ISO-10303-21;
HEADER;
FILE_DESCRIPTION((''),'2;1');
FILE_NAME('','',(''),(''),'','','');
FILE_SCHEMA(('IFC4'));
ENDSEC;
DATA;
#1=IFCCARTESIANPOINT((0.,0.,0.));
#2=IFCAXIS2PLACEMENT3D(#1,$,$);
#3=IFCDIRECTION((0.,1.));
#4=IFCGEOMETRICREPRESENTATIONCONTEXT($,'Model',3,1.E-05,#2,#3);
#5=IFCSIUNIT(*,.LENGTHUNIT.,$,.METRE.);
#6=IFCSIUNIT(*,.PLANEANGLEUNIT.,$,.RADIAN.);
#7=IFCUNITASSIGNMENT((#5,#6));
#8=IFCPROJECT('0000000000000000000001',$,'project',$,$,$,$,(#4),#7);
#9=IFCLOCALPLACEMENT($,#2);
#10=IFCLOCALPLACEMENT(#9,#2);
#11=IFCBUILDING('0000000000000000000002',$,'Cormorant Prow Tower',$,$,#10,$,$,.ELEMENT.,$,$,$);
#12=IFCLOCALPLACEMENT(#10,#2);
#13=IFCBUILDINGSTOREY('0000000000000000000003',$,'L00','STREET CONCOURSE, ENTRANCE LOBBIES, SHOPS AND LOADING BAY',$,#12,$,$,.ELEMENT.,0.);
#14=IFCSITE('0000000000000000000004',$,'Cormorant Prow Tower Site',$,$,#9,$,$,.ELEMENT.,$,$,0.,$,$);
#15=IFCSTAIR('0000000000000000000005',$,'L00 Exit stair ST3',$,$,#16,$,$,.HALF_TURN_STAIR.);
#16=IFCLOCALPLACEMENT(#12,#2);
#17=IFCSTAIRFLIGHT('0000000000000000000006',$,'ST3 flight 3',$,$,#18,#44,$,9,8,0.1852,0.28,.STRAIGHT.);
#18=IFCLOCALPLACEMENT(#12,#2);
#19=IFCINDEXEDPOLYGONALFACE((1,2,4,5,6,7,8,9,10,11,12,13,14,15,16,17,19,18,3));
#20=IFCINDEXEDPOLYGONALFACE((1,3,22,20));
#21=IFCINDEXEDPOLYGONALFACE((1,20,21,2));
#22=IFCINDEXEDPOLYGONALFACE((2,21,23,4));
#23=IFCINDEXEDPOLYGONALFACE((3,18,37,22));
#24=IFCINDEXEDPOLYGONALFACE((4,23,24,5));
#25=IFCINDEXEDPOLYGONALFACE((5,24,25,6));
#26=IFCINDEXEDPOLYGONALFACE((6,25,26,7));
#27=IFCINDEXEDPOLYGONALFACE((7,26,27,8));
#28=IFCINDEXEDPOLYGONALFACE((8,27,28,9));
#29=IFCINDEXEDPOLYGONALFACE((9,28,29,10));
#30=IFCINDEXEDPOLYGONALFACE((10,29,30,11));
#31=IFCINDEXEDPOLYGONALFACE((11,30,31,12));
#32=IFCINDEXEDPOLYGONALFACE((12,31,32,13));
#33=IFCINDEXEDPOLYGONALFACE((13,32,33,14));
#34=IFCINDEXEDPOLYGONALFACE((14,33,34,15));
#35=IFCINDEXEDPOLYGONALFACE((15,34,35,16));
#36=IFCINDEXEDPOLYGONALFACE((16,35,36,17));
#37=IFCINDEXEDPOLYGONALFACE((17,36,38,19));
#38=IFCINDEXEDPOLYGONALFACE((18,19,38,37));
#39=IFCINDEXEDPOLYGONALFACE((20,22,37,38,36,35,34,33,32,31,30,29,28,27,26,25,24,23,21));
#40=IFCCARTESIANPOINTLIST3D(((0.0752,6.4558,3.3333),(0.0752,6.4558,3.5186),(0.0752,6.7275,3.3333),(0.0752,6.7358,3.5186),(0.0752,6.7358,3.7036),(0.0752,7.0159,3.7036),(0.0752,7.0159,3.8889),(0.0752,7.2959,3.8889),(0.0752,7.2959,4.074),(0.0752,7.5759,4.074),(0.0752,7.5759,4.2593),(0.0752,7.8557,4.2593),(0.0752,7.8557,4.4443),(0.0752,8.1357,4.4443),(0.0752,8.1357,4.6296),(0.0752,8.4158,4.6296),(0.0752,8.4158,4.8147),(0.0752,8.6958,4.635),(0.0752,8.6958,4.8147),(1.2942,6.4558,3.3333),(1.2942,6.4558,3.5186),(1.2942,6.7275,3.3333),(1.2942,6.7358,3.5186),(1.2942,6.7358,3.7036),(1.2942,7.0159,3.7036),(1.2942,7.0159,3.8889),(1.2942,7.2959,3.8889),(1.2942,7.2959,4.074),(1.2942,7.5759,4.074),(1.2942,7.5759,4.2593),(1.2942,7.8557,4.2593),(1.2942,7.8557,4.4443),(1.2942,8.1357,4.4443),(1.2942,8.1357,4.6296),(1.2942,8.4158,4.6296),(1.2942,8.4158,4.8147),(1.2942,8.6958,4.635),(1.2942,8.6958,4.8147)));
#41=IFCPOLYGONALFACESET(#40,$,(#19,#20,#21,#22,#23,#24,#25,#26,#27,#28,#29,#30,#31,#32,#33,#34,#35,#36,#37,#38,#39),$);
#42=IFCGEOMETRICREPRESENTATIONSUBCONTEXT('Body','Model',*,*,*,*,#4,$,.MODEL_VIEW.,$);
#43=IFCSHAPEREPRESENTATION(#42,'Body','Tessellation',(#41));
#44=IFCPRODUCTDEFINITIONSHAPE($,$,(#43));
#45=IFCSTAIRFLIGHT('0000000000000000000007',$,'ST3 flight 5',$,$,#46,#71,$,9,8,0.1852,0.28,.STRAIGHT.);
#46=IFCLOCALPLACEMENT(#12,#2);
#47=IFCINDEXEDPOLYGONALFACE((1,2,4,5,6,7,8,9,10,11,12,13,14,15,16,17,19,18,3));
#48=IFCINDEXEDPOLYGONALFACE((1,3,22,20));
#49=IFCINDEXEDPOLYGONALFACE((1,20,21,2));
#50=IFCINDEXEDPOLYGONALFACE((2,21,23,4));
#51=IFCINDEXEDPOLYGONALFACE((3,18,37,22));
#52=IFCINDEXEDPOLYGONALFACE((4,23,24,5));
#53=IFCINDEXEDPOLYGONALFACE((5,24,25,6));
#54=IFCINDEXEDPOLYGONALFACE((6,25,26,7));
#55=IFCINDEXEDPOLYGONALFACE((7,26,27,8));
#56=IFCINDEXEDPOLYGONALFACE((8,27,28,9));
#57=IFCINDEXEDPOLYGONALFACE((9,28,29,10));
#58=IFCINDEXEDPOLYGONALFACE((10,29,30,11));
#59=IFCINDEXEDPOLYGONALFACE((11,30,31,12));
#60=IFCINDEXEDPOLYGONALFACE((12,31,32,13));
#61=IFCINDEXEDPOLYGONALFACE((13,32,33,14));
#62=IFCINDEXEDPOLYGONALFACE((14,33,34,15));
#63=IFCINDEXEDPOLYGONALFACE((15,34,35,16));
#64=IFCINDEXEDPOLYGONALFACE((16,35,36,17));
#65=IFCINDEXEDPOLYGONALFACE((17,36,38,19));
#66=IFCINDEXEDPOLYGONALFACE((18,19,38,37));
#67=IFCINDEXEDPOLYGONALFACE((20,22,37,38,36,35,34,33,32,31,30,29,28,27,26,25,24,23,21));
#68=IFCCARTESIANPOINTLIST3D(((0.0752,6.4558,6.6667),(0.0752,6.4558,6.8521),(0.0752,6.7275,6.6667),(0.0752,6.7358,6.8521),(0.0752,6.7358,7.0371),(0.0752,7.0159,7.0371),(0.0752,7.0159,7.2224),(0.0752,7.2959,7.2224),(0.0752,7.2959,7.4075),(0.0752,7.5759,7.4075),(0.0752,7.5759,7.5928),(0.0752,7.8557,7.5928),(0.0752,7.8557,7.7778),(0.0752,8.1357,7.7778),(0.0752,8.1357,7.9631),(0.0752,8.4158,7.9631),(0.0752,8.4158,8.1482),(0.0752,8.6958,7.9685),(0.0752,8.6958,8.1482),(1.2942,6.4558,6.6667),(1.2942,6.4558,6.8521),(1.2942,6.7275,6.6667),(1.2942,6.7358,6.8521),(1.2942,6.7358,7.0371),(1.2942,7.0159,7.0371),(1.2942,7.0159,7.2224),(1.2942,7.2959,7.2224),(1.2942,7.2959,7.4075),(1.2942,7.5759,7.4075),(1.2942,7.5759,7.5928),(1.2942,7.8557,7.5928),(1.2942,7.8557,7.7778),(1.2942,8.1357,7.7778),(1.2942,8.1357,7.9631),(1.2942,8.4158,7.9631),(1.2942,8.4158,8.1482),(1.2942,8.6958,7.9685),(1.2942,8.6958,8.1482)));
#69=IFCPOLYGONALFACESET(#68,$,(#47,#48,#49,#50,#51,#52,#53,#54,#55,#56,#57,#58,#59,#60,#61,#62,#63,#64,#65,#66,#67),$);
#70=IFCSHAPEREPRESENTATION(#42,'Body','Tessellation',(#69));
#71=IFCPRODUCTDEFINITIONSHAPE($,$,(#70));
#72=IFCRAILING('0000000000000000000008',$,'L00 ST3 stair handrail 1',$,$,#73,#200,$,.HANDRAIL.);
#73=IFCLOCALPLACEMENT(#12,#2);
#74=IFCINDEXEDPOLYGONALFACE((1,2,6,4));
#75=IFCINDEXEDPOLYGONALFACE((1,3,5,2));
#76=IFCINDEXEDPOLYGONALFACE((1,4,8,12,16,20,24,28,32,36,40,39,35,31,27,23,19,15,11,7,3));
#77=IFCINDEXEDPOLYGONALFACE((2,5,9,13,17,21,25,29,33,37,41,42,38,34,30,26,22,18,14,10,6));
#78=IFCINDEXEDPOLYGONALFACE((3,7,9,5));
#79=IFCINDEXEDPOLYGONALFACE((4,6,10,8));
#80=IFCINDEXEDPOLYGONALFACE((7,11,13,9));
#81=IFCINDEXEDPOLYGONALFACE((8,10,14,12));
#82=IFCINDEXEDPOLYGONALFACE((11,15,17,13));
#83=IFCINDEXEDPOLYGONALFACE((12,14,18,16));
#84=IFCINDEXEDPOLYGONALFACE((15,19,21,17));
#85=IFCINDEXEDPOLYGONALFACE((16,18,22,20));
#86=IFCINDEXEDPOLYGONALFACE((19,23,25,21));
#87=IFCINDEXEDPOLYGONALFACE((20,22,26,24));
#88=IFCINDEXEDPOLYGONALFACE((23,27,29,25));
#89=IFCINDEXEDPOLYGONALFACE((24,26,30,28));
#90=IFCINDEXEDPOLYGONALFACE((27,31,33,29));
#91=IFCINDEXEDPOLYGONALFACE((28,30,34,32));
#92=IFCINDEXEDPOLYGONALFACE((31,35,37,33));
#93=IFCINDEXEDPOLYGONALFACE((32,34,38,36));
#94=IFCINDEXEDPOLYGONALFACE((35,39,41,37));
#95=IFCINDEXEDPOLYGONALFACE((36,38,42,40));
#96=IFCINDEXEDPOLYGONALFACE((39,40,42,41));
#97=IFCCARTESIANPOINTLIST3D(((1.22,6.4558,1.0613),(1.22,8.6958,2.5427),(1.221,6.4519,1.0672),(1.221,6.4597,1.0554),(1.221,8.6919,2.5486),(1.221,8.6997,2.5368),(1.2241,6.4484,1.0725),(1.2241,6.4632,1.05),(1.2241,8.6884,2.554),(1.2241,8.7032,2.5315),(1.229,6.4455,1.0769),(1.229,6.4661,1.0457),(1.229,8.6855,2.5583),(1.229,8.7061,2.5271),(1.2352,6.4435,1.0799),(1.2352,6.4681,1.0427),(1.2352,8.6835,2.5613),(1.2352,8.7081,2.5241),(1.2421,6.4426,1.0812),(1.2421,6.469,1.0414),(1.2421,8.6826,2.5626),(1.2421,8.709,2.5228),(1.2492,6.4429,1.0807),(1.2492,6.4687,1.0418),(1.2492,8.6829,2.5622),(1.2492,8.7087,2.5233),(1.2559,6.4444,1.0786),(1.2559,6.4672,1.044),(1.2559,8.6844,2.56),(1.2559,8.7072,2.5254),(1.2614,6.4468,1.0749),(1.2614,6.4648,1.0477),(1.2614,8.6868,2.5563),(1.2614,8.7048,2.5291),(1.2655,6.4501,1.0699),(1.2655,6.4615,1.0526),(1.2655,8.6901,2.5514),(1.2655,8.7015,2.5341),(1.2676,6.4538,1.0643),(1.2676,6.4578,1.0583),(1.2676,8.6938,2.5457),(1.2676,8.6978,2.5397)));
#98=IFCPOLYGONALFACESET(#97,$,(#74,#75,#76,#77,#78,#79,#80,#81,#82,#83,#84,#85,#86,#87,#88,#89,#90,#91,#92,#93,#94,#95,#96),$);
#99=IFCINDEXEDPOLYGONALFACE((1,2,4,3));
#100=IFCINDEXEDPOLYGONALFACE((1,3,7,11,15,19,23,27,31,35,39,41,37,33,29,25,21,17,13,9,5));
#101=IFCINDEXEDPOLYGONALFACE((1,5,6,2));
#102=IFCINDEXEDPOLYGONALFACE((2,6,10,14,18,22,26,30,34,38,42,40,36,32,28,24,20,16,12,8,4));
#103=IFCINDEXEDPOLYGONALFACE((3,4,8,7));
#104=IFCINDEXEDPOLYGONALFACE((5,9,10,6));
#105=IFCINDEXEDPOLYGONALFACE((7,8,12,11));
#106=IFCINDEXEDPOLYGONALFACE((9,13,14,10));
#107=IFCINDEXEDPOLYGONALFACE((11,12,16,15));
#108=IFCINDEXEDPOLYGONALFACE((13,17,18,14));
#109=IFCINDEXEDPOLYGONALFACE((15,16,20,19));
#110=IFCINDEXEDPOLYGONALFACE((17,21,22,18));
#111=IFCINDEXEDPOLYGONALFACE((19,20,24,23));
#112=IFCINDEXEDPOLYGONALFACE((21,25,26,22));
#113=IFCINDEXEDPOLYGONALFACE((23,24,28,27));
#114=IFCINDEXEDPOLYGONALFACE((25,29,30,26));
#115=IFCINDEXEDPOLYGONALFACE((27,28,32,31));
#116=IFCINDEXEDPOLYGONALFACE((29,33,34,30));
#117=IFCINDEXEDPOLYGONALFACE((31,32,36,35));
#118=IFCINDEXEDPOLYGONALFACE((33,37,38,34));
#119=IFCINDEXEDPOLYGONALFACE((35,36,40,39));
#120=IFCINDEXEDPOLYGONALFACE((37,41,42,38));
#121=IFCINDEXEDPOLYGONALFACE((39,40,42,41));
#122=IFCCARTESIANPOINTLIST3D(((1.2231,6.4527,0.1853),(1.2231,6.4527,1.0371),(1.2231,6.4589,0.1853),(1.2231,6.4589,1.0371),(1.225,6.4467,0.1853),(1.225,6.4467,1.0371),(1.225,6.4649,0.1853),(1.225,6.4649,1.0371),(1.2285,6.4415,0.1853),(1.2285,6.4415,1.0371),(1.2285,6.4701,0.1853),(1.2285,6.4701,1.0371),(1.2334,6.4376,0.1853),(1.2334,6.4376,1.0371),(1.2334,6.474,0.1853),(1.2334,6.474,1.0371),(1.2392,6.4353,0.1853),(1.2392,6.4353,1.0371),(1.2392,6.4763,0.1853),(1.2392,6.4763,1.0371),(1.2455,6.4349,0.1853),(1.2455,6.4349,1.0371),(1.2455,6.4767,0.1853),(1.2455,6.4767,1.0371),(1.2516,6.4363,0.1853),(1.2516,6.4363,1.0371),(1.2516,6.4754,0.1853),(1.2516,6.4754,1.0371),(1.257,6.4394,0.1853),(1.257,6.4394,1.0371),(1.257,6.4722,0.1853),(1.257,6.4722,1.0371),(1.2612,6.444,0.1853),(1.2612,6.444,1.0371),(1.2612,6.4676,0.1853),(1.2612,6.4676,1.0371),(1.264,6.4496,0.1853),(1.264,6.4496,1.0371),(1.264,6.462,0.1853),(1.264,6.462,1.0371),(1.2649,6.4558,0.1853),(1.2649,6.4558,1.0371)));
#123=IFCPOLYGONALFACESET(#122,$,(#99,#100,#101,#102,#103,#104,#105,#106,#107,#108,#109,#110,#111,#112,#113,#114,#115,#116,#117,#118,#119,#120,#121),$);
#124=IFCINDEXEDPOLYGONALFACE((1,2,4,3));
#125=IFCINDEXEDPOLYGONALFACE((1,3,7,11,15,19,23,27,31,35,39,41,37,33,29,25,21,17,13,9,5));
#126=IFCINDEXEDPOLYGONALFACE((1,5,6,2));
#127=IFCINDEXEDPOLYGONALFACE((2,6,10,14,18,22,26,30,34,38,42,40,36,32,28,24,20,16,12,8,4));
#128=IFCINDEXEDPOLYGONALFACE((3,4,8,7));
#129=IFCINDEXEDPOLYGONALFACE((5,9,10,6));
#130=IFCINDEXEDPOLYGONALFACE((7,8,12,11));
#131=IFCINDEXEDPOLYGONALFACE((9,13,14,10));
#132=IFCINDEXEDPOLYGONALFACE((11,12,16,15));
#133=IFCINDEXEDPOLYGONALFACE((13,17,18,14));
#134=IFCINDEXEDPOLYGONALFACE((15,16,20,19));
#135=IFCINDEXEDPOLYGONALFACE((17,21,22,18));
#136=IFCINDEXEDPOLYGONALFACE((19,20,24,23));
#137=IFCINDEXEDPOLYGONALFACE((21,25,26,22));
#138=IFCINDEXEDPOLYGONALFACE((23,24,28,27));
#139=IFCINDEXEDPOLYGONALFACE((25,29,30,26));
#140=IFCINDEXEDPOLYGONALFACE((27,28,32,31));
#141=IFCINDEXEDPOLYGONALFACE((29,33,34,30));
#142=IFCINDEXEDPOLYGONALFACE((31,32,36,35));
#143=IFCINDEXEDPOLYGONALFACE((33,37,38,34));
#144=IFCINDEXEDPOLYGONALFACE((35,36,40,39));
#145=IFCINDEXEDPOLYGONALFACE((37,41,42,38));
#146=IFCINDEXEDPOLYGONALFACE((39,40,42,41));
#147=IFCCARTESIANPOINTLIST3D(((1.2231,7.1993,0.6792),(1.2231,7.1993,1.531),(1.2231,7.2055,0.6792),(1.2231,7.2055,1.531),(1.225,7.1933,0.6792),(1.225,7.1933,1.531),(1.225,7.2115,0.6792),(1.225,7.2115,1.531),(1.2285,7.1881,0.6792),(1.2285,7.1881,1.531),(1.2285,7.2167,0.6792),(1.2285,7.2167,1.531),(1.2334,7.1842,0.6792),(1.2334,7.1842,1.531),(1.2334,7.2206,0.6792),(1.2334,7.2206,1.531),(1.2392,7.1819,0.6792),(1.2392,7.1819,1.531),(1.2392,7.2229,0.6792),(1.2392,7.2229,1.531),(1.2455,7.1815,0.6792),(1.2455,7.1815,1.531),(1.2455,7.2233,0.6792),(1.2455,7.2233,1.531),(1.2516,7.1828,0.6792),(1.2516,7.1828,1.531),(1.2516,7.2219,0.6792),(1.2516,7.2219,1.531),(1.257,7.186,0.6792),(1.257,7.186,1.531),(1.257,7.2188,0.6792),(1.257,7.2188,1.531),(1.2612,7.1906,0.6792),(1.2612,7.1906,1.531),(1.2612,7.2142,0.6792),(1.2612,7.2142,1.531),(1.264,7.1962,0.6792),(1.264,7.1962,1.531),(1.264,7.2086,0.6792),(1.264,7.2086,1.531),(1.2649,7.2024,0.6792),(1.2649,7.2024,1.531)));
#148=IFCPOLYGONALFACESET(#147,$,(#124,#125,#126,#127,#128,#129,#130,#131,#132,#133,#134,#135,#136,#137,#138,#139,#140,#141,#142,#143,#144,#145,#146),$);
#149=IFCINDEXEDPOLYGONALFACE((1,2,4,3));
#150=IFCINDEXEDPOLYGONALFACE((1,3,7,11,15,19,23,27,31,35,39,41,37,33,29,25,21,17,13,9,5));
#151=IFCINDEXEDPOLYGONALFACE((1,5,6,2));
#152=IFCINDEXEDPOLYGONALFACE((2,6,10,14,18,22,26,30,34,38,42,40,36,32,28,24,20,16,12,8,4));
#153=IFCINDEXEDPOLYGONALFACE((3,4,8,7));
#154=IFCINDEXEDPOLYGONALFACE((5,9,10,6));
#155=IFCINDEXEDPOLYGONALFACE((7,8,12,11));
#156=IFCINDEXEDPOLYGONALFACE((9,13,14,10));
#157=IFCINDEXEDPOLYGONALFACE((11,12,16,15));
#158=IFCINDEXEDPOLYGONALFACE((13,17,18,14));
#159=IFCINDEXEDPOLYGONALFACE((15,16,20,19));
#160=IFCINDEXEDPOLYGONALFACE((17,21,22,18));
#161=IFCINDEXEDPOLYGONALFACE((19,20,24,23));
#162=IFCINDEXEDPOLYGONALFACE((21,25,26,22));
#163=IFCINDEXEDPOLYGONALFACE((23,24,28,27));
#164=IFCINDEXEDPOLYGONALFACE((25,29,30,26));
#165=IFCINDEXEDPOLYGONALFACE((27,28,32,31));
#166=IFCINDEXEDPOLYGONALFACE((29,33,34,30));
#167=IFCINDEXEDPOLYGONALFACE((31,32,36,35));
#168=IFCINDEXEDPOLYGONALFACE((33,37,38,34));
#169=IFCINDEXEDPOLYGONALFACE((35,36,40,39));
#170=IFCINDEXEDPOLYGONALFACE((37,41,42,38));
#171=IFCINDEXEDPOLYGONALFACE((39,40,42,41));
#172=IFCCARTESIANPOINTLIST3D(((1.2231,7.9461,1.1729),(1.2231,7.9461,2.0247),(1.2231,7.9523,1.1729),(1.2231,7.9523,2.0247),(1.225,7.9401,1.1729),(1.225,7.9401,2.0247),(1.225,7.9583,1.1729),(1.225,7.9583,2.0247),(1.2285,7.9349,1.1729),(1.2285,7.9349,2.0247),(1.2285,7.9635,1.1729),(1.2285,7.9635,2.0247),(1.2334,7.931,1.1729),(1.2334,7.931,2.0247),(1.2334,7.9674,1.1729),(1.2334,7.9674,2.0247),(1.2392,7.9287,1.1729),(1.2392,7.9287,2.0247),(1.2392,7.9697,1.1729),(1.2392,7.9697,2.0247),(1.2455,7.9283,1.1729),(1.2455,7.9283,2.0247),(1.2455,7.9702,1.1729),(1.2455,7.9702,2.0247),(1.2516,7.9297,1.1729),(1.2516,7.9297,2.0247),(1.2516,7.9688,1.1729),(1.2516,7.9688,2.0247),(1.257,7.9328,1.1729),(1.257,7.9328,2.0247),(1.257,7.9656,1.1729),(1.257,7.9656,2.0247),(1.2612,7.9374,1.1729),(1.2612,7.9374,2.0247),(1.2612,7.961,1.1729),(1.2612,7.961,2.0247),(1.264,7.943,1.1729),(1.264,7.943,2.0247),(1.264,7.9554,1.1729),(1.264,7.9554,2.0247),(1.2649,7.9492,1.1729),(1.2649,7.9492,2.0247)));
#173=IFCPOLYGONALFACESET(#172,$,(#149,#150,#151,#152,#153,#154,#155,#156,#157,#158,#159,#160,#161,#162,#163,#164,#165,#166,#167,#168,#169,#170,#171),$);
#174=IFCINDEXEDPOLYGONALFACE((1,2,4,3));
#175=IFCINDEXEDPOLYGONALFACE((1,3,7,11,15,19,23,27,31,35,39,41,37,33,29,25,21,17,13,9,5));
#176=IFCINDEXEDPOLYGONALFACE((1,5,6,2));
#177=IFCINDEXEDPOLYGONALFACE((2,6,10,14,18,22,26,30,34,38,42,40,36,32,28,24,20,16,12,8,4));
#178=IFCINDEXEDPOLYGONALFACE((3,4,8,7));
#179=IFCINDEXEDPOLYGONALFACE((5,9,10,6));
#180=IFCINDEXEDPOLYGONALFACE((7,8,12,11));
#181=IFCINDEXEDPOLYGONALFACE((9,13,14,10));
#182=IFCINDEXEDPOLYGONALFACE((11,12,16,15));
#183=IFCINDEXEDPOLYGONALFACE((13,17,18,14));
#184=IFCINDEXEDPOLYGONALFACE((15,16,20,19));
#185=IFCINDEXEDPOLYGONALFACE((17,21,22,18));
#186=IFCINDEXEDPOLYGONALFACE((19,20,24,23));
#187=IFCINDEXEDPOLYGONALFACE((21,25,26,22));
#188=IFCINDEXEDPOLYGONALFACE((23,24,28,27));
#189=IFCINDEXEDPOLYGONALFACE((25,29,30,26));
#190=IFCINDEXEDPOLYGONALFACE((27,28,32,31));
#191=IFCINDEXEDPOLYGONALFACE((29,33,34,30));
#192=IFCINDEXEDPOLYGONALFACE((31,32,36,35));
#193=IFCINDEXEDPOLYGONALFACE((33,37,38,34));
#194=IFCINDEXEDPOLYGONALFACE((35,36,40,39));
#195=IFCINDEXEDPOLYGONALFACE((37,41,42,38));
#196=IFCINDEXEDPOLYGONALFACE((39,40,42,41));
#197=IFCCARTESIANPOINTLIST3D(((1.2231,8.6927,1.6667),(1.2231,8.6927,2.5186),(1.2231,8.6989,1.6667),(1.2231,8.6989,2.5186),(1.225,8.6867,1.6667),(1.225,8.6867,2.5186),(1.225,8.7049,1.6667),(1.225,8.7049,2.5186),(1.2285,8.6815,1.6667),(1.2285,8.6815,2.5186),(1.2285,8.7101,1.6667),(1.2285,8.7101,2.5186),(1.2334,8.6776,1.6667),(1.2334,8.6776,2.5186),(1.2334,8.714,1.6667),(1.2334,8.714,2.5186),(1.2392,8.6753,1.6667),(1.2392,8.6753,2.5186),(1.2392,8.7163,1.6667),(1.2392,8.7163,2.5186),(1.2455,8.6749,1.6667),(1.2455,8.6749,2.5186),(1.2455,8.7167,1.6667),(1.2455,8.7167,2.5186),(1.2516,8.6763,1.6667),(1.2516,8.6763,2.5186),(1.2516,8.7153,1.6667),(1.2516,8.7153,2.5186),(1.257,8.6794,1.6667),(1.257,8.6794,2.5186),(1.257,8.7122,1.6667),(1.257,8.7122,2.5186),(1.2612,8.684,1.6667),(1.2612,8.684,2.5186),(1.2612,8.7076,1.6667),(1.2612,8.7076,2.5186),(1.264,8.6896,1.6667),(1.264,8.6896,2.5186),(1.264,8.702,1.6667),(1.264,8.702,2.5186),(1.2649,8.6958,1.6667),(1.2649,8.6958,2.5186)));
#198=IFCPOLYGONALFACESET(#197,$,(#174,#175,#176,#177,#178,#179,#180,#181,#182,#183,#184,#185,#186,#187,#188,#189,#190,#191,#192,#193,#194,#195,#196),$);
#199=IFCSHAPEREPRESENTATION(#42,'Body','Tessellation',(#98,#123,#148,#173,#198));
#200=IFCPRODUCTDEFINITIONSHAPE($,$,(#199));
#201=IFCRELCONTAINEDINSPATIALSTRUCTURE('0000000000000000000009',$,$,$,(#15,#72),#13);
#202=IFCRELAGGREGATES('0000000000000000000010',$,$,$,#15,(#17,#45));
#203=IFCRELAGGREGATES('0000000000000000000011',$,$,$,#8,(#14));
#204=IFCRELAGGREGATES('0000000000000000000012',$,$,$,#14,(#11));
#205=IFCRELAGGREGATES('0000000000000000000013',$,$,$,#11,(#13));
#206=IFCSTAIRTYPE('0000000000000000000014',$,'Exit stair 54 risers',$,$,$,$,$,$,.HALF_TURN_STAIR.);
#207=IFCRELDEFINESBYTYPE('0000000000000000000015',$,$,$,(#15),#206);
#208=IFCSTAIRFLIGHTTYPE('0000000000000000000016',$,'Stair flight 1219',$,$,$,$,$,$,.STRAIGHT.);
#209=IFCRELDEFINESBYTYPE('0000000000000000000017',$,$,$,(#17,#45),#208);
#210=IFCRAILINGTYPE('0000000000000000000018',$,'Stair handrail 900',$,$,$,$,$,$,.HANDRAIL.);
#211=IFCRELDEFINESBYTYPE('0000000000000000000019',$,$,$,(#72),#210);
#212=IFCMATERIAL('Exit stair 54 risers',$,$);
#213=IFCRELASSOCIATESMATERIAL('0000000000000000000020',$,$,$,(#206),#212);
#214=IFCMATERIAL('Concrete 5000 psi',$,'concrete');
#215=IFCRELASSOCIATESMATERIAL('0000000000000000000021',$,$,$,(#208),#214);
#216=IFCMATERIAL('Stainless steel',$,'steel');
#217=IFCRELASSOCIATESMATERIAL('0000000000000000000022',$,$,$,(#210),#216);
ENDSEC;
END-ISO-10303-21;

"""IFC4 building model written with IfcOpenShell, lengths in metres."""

from ifc_helpers import new_model, si_unit, direction, frame, origin, origin_2d, place, context, subcontext, project, spatial, polyline, circle, outline, extrude, material, type_object, element, aggregate, save


model = new_model("IFC4")

# Units and contexts
model_context = context("Model", 3, precision=1e-05, world=origin(), true_north=direction((0.0, 1.0)))
body_context = subcontext(model_context, "Body", "Model", "MODEL_VIEW")
ifc_project = project(units=[si_unit("LENGTHUNIT", "METRE"), si_unit("PLANEANGLEUNIT", "RADIAN")], contexts=[model_context])

# Site, building, storey
site_placement = place(None, origin())
site = spatial("IfcSite", under=ifc_project, at=site_placement, Name="Cormorant Prow Tower Site", CompositionType="ELEMENT", RefElevation=0.0)
building_placement = place(site_placement, origin())
building = spatial("IfcBuilding", under=site, at=building_placement, Name="Cormorant Prow Tower", CompositionType="ELEMENT")
storey_placement = place(building_placement, origin())
storey = spatial("IfcBuildingStorey", under=building, at=storey_placement, Name="L00", Description="STREET CONCOURSE, ENTRANCE LOBBIES, SHOPS AND LOADING BAY", CompositionType="ELEMENT", Elevation=0.0)

# Stair
ifc_material_1 = material(Name="Exit stair 54 risers")
stair_type = type_object("IfcStairType", Name="Exit stair 54 risers", PredefinedType="HALF_TURN_STAIR", material=ifc_material_1)
stair_1_placement = place(storey_placement, origin())
stair_1 = element("IfcStair", 1, at=stair_1_placement, inside=storey, type_object=stair_type, Name="L00 Exit stair ST3", PredefinedType="HALF_TURN_STAIR")

# Stair flights
ifc_material_2 = material(Name="Concrete 5000 psi", Category="concrete")
stair_flight_type = type_object("IfcStairFlightType", Name="Stair flight 1219", PredefinedType="STRAIGHT", material=ifc_material_2)
stair_flight_1_placement = place(storey_placement, frame((0.6846, 6.4558, 3.3333), z_axis=(0.0, 0.0, 1.0), x_axis=(0.0, 1.0, 0.0)))
stair_flight_1 = element("IfcStairFlight", 2, at=stair_flight_1_placement, type_object=stair_flight_type, Name="ST3 flight 3", NumberOfRisers=9, NumberOfTreads=8, PredefinedType="STRAIGHT", RiserHeight=0.1852, TreadLength=0.28, context=body_context, shape_type="SweptSolid", body=[
    extrude(outline(polyline([(0.0, 0.0), (0.0, 0.1853), (0.28, 0.1853), (0.28, 0.3704), (0.5601, 0.3704), (0.5601, 0.5557), (0.8401, 0.5557), (0.8401, 0.7407), (1.1201, 0.7407), (1.1201, 0.926), (1.3999, 0.926), (1.3999, 1.1111), (1.6799, 1.1111), (1.6799, 1.2964), (1.96, 1.2964), (1.96, 1.4814), (2.24, 1.4814), (2.24, 1.6667), (2.24, 1.3018), (0.2717, 0.0), (0.0, 0.0)])), frame((0.0, 0.6094, 0.0), z_axis=(0.0, -1.0, 0.0), x_axis=(1.0, 0.0, 0.0)), (0.0, 0.0, 1.0), 1.219),
])
stair_flight_2_placement = place(storey_placement, frame((0.6846, 6.4558, 6.6667), z_axis=(0.0, 0.0, 1.0), x_axis=(0.0, 1.0, 0.0)))
stair_flight_2 = element("IfcStairFlight", 3, at=stair_flight_2_placement, type_object=stair_flight_type, Name="ST3 flight 5", NumberOfRisers=9, NumberOfTreads=8, PredefinedType="STRAIGHT", RiserHeight=0.1852, TreadLength=0.28, context=body_context, shape_type="SweptSolid", body=[
    extrude(outline(polyline([(0.0, 0.0), (0.0, 0.1853), (0.28, 0.1853), (0.28, 0.3704), (0.5601, 0.3704), (0.5601, 0.5557), (0.8401, 0.5557), (0.8401, 0.7407), (1.1201, 0.7407), (1.1201, 0.926), (1.3999, 0.926), (1.3999, 1.1111), (1.6799, 1.1111), (1.6799, 1.2964), (1.96, 1.2964), (1.96, 1.4814), (2.24, 1.4814), (2.24, 1.6667), (2.24, 1.3018), (0.2717, 0.0), (0.0, 0.0)])), frame((0.0, 0.6094, 0.0), z_axis=(0.0, -1.0, 0.0), x_axis=(1.0, 0.0, 0.0)), (0.0, 0.0, 1.0), 1.219),
])
aggregate(stair_1, [stair_flight_1, stair_flight_2])

# Railing
ifc_material_3 = material(Name="Stainless steel", Category="steel")
railing_type_1 = type_object("IfcRailingType", Name="Stair handrail 900", PredefinedType="HANDRAIL", material=ifc_material_3)
for number, where, name in (
    (4, (1.2439, 6.4558, 0.1853), "L00 ST3 stair handrail 1"),
):
    element("IfcRailing", number, at=place(storey_placement, frame(where)), inside=storey, type_object=railing_type_1, Name=name, PredefinedType="HANDRAIL", context=body_context, shape_type="SweptSolid", body=[
        extrude(circle(Radius=0.0239, at=origin_2d()), frame((0.0, 0.0, 0.876), z_axis=(0.0, 0.834087, 0.551634), x_axis=(-1.0, 0.0, 0.0)), (0.0, 0.0, 1.0), 2.6855),
        extrude(circle(Radius=0.021, at=origin_2d()), origin(), (0.0, 0.0, 1.0), 0.8518),
        extrude(circle(Radius=0.021, at=origin_2d()), frame((0.0, 0.7466, 0.4939)), (0.0, 0.0, 1.0), 0.8518),
        extrude(circle(Radius=0.021, at=origin_2d()), frame((0.0, 1.4934, 0.9875)), (0.0, 0.0, 1.0), 0.8518),
        extrude(circle(Radius=0.021, at=origin_2d()), frame((0.0, 2.24, 1.4814)), (0.0, 0.0, 1.0), 0.8518),
    ])

save(model, "model.ifc")
